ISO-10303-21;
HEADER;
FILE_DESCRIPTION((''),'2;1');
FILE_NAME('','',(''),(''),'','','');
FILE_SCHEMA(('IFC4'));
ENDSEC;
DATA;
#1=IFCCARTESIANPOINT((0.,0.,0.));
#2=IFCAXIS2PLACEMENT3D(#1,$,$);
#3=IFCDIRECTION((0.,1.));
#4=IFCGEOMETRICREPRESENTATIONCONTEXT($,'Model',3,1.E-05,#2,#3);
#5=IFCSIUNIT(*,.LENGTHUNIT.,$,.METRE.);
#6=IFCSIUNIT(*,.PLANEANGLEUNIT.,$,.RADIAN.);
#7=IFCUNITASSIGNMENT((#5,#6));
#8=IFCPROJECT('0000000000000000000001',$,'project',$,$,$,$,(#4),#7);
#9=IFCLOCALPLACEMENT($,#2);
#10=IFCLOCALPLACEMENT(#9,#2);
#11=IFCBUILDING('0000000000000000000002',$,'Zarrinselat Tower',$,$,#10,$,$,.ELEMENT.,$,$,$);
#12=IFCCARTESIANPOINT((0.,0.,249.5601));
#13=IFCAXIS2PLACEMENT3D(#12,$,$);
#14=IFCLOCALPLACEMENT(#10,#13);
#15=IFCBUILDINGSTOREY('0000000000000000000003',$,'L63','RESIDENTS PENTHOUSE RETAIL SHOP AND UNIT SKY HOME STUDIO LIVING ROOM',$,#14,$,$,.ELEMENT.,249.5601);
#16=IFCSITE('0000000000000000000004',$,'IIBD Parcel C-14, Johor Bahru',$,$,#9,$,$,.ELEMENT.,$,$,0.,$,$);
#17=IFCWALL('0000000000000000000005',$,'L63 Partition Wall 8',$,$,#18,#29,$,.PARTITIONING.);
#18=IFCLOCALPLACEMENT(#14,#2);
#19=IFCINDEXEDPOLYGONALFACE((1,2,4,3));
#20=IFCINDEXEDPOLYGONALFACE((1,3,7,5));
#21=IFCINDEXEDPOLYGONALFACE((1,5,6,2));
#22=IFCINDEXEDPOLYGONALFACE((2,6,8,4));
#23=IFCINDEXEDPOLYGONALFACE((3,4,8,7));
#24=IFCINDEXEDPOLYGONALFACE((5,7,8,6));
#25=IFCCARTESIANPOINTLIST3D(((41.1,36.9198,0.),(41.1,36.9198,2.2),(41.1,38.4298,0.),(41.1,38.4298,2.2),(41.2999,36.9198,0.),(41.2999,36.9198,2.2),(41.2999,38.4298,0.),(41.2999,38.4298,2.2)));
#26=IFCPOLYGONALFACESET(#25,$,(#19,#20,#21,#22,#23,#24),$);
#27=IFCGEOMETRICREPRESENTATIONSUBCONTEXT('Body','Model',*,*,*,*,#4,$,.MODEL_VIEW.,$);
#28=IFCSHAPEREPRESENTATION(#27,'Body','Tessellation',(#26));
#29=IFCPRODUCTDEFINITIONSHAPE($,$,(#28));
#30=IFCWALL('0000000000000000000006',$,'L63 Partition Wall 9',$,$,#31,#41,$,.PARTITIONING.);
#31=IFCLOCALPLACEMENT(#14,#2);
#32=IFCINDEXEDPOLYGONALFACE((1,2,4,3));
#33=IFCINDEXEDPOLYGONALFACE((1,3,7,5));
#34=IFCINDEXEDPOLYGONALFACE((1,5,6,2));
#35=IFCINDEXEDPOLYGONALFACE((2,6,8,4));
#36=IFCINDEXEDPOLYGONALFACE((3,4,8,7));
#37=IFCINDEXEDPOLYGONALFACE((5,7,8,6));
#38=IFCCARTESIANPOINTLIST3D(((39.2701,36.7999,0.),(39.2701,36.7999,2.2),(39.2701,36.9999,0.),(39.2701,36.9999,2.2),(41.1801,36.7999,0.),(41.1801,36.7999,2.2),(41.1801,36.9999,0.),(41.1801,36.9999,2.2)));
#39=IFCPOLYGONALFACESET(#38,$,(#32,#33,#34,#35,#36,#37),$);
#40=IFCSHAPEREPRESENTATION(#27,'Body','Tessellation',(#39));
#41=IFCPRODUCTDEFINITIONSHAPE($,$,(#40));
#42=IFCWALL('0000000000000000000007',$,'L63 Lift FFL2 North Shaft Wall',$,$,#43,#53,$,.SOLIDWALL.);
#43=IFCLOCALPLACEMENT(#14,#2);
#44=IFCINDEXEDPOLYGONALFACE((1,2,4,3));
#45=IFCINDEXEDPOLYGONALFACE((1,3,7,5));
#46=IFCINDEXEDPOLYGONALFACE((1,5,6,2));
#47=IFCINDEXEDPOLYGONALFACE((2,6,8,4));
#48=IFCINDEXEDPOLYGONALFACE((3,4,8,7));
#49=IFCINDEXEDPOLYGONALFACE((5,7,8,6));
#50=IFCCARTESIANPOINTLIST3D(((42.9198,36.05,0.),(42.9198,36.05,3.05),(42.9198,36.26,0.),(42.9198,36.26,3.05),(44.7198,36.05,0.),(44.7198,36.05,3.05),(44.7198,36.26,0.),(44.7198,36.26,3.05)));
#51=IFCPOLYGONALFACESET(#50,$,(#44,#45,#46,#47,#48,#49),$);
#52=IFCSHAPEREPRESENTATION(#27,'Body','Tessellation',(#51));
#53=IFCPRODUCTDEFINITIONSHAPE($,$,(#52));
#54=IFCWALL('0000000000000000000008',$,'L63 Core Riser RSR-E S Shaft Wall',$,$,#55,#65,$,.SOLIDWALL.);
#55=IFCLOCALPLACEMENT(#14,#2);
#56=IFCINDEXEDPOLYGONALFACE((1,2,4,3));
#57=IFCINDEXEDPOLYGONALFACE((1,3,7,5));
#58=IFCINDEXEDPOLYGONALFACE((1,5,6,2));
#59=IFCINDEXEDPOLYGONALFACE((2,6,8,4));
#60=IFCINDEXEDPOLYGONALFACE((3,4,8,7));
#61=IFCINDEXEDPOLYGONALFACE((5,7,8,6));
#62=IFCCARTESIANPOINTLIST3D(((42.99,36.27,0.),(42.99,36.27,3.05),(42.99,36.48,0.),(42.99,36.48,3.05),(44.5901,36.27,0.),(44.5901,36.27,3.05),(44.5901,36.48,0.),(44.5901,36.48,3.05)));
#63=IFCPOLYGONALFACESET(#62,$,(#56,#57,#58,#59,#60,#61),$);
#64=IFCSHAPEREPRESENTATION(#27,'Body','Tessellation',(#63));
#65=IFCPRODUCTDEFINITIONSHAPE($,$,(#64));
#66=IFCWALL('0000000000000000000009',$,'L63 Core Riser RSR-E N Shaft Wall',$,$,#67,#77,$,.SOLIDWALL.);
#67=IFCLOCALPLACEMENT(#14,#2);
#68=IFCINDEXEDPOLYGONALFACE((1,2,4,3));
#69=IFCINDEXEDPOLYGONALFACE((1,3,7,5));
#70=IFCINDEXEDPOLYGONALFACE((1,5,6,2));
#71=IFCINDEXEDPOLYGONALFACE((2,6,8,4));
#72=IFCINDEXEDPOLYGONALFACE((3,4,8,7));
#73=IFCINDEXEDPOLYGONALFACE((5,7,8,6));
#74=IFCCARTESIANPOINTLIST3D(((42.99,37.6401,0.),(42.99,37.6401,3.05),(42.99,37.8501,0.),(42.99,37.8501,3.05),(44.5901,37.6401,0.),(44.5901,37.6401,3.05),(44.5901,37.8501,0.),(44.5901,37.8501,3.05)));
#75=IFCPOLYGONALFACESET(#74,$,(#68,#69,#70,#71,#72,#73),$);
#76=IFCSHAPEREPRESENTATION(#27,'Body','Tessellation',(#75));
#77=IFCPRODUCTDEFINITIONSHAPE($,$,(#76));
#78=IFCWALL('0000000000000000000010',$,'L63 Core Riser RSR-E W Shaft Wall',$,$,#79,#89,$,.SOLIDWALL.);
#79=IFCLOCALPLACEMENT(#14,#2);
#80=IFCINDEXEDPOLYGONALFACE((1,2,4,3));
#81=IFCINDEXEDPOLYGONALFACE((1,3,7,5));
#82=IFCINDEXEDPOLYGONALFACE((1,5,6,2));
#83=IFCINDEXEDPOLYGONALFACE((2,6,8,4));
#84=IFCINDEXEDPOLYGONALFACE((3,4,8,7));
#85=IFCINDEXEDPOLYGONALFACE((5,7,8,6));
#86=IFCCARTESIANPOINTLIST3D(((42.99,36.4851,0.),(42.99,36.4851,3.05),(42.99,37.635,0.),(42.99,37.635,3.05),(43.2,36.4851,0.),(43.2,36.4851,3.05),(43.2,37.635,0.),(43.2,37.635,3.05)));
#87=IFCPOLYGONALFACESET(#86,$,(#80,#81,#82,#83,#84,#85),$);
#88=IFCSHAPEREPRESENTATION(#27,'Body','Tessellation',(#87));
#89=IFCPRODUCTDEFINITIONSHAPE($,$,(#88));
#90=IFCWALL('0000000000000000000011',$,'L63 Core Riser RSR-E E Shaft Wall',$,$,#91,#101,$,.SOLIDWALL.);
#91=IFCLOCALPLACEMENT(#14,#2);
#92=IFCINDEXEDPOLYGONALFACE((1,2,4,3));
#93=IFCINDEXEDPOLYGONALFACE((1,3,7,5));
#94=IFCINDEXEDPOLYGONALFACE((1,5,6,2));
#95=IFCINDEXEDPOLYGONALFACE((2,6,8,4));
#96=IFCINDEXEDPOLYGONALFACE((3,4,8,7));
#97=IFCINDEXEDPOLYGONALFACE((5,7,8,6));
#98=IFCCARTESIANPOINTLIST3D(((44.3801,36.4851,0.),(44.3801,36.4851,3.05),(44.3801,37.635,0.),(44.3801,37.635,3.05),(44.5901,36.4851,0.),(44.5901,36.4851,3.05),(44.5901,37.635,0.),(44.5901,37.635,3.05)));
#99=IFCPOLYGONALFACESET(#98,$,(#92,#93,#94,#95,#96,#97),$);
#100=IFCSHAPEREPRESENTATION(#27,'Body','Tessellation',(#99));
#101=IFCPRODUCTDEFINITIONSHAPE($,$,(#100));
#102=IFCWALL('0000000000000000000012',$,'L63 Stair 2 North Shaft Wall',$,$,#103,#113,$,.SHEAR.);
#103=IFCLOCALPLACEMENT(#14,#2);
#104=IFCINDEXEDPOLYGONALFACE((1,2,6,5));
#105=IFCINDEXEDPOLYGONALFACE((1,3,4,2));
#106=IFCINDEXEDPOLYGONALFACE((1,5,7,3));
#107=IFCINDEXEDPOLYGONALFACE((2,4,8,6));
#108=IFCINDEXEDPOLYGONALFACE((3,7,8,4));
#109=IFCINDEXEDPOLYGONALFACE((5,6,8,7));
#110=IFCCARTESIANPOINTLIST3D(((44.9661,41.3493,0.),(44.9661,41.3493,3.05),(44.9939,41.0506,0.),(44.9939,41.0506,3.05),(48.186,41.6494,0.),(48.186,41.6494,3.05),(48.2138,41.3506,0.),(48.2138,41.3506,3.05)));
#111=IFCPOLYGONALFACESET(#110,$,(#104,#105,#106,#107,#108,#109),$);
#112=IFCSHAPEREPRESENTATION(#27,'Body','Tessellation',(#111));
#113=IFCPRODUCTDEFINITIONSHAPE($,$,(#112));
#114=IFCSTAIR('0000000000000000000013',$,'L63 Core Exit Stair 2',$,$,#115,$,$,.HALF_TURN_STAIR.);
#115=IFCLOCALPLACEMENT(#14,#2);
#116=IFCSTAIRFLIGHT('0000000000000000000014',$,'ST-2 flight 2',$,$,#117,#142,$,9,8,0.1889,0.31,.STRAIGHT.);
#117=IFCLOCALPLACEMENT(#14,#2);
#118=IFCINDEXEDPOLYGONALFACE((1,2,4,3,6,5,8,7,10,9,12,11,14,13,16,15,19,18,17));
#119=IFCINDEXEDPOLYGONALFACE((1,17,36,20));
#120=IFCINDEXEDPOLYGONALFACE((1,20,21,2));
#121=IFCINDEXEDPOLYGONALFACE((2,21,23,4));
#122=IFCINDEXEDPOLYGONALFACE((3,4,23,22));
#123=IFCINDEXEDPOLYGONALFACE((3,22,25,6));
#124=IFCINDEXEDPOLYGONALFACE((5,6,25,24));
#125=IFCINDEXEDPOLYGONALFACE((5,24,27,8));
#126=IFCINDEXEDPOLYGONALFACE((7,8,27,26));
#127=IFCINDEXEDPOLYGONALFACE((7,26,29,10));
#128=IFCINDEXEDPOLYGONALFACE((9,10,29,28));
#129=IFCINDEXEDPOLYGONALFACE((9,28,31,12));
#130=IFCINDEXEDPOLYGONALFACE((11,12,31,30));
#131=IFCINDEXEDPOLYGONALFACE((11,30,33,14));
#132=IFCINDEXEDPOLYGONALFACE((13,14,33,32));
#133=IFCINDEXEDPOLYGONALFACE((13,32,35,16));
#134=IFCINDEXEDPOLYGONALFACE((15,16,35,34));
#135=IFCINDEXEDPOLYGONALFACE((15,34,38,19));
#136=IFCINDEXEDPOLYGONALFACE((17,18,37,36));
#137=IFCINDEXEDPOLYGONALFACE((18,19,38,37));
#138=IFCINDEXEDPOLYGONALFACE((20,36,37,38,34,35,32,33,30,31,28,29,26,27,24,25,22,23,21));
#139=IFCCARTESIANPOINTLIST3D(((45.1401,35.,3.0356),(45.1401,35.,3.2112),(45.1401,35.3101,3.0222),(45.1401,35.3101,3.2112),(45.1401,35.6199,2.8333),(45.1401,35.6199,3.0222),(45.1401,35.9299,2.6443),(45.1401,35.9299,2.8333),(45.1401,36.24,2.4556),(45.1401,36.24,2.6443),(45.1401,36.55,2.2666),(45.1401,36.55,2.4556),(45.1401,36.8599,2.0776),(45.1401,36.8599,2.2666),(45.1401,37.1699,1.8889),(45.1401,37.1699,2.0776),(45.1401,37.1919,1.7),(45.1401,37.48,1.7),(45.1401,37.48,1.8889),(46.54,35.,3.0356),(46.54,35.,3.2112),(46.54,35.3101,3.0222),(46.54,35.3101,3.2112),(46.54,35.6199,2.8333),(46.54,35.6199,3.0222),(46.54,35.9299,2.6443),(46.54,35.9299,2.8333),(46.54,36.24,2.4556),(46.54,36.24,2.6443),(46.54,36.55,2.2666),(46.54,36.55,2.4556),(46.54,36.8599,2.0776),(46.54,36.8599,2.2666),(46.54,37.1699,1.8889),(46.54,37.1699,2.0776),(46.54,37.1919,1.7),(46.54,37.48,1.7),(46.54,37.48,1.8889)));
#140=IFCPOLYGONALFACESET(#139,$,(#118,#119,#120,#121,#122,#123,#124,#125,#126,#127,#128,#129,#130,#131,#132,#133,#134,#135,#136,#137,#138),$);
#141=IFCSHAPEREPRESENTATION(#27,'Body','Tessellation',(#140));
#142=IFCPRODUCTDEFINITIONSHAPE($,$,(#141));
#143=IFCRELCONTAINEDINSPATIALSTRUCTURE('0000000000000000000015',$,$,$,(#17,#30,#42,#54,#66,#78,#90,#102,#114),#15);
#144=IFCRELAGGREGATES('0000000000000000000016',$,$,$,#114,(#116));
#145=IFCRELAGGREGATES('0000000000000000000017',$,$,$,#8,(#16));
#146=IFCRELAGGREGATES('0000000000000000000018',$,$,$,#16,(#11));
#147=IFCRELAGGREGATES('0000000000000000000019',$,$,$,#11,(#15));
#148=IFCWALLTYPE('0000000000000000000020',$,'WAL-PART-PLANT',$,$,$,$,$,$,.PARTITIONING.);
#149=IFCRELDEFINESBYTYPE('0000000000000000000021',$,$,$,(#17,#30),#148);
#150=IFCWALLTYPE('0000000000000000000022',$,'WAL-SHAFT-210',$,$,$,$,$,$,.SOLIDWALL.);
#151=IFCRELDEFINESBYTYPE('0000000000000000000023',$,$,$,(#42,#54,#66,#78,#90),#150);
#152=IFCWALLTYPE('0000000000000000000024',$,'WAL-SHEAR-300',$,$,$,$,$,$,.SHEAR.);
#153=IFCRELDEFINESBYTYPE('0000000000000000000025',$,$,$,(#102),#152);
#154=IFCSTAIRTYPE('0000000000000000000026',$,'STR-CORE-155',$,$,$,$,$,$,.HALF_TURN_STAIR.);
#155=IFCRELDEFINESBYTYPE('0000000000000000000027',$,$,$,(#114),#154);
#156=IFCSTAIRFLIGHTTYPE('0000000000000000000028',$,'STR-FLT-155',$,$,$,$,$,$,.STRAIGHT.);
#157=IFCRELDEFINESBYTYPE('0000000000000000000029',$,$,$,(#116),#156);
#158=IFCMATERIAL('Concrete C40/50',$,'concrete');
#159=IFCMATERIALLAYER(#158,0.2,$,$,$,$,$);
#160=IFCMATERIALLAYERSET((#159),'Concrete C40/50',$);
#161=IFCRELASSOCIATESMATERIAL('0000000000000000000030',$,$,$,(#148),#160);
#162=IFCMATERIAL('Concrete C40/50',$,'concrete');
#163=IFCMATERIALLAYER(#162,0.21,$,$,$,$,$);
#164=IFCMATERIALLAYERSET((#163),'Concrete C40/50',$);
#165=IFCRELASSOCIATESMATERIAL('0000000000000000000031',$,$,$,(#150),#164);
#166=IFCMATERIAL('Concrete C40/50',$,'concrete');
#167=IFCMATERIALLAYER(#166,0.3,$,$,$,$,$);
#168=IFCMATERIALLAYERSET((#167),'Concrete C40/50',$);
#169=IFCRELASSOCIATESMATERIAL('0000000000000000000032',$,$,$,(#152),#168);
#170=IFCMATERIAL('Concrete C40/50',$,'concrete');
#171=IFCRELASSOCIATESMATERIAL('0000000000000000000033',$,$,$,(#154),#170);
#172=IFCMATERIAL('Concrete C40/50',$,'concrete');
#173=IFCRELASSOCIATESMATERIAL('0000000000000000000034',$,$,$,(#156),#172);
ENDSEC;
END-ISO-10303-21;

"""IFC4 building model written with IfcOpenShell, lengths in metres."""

from ifc_helpers import new_model, si_unit, direction, frame, frame_2d, origin, place, context, subcontext, project, spatial, polyline, rectangle, outline, extrude, material, layer, layer_set, type_object, element, aggregate, save


model = new_model("IFC4")

# Units and contexts
model_context = context("Model", 3, precision=1e-05, world=origin(), true_north=direction((0.0, 1.0)))
body_context = subcontext(model_context, "Body", "Model", "MODEL_VIEW")
ifc_project = project(units=[si_unit("LENGTHUNIT", "METRE"), si_unit("PLANEANGLEUNIT", "RADIAN")], contexts=[model_context])

# Site, building, storey
site_placement = place(None, origin())
site = spatial("IfcSite", under=ifc_project, at=site_placement, Name="IIBD Parcel C-14, Johor Bahru", CompositionType="ELEMENT", RefElevation=0.0)
building_placement = place(site_placement, origin())
building = spatial("IfcBuilding", under=site, at=building_placement, Name="Zarrinselat Tower", CompositionType="ELEMENT")
storey_placement = place(building_placement, frame((0.0, 0.0, 249.5601)))
storey = spatial("IfcBuildingStorey", under=building, at=storey_placement, Name="L63", Description="RESIDENTS PENTHOUSE RETAIL SHOP AND UNIT SKY HOME STUDIO LIVING ROOM", CompositionType="ELEMENT", Elevation=249.5601)

# Shared definitions
ifc_material_1 = material(Name="Concrete C40/50", Category="concrete")
ifc_layer_1 = layer(ifc_material_1, 0.2)
ifc_layer_set_1 = layer_set([ifc_layer_1], Name="Concrete C40/50")
wall_type_1 = type_object("IfcWallType", Name="WAL-PART-PLANT", PredefinedType="PARTITIONING", material=ifc_layer_set_1)

# Walls
wall_1_placement = place(storey_placement, frame((41.2, 36.9199, 0.0), z_axis=(0.0, 0.0, 1.0), x_axis=(0.0, 1.0, 0.0)))
element("IfcWall", 1, at=wall_1_placement, inside=storey, type_object=wall_type_1, Name="L63 Partition Wall 8", PredefinedType="PARTITIONING", context=body_context, shape_type="SweptSolid", body=[
    extrude(rectangle(XDim=1.51, YDim=0.2, at=frame_2d((0.7549, 0.0))), origin(), (0.0, 0.0, 1.0), 2.2),
])
wall_2_placement = place(storey_placement, frame((39.27, 36.8999, 0.0), z_axis=(0.0, 0.0, 1.0), x_axis=(1.0, 0.0, 0.0)))
element("IfcWall", 2, at=wall_2_placement, inside=storey, type_object=wall_type_1, Name="L63 Partition Wall 9", PredefinedType="PARTITIONING", context=body_context, shape_type="SweptSolid", body=[
    extrude(rectangle(XDim=1.9099, YDim=0.2, at=frame_2d((0.9551, 0.0))), origin(), (0.0, 0.0, 1.0), 2.2),
])
ifc_material_2 = material(Name="Concrete C40/50", Category="concrete")
ifc_layer_2 = layer(ifc_material_2, 0.21)
ifc_layer_set_2 = layer_set([ifc_layer_2], Name="Concrete C40/50")
wall_type_2 = type_object("IfcWallType", Name="WAL-SHAFT-210", PredefinedType="SOLIDWALL", material=ifc_layer_set_2)
wall_3_placement = place(storey_placement, frame((42.9199, 36.155, 0.0), z_axis=(0.0, 0.0, 1.0), x_axis=(1.0, 0.0, 0.0)))
element("IfcWall", 3, at=wall_3_placement, inside=storey, type_object=wall_type_2, Name="L63 Lift FFL2 North Shaft Wall", PredefinedType="SOLIDWALL", context=body_context, shape_type="SweptSolid", body=[
    extrude(rectangle(XDim=1.8, YDim=0.21, at=frame_2d((0.8999, 0.0))), origin(), (0.0, 0.0, 1.0), 3.05),
])
for number, where, z_axis, x_axis, name in (
    (4, (42.99, 36.375, 0.0), (0.0, 0.0, 1.0), (1.0, 0.0, 0.0), "L63 Core Riser RSR-E S Shaft Wall"),
    (5, (42.99, 37.7451, 0.0), (0.0, 0.0, 1.0), (1.0, 0.0, 0.0), "L63 Core Riser RSR-E N Shaft Wall"),
):
    element("IfcWall", number, at=place(storey_placement, frame(where, z_axis=z_axis, x_axis=x_axis)), inside=storey, type_object=wall_type_2, Name=name, PredefinedType="SOLIDWALL", context=body_context, shape_type="SweptSolid", body=[
        extrude(rectangle(XDim=1.6001, YDim=0.21, at=frame_2d((0.8, 0.0))), origin(), (0.0, 0.0, 1.0), 3.05),
    ])
for number, where, z_axis, x_axis, name in (
    (6, (43.095, 36.4851, 0.0), (0.0, 0.0, 1.0), (0.0, 1.0, 0.0), "L63 Core Riser RSR-E W Shaft Wall"),
    (7, (44.4851, 36.4851, 0.0), (0.0, 0.0, 1.0), (0.0, 1.0, 0.0), "L63 Core Riser RSR-E E Shaft Wall"),
):
    element("IfcWall", number, at=place(storey_placement, frame(where, z_axis=z_axis, x_axis=x_axis)), inside=storey, type_object=wall_type_2, Name=name, PredefinedType="SOLIDWALL", context=body_context, shape_type="SweptSolid", body=[
        extrude(rectangle(XDim=1.1499, YDim=0.21, at=frame_2d((0.575, 0.0))), origin(), (0.0, 0.0, 1.0), 3.05),
    ])
ifc_material_3 = material(Name="Concrete C40/50", Category="concrete")
ifc_layer_3 = layer(ifc_material_3, 0.3)
ifc_layer_set_3 = layer_set([ifc_layer_3], Name="Concrete C40/50")
wall_type_3 = type_object("IfcWallType", Name="WAL-SHEAR-300", PredefinedType="SHEAR", material=ifc_layer_set_3)
wall_4_placement = place(storey_placement, frame((44.98, 41.2, 0.0), z_axis=(0.0, 0.0, 1.0), x_axis=(0.995686, 0.092782, 0.0)))
element("IfcWall", 8, at=wall_4_placement, inside=storey, type_object=wall_type_3, Name="L63 Stair 2 North Shaft Wall", PredefinedType="SHEAR", context=body_context, shape_type="SweptSolid", body=[
    extrude(rectangle(XDim=3.2339, YDim=0.3, at=frame_2d((1.6169, 0.0))), origin(), (0.0, 0.0, 1.0), 3.05),
])

# Stair, stair flight
ifc_material_4 = material(Name="Concrete C40/50", Category="concrete")
stair_type = type_object("IfcStairType", Name="STR-CORE-155", PredefinedType="HALF_TURN_STAIR", material=ifc_material_4)
stair_placement = place(storey_placement, origin())
stair = element("IfcStair", 9, at=stair_placement, inside=storey, type_object=stair_type, Name="L63 Core Exit Stair 2", PredefinedType="HALF_TURN_STAIR")
ifc_material_5 = material(Name="Concrete C40/50", Category="concrete")
stair_flight_type = type_object("IfcStairFlightType", Name="STR-FLT-155", PredefinedType="STRAIGHT", material=ifc_material_5)
stair_flight_placement = place(storey_placement, frame((45.8401, 37.48, 1.7), z_axis=(0.0, 0.0, 1.0), x_axis=(0.0, -1.0, 0.0)))
stair_flight = element("IfcStairFlight", 10, at=stair_flight_placement, type_object=stair_flight_type, Name="ST-2 flight 2", NumberOfRisers=9, NumberOfTreads=8, PredefinedType="STRAIGHT", RiserHeight=0.1889, TreadLength=0.31, context=body_context, shape_type="SweptSolid", body=[
    extrude(outline(polyline([(0.0, 0.0), (0.0, 0.189), (0.3101, 0.189), (0.3101, 0.3777), (0.6201, 0.3777), (0.6201, 0.5667), (0.9299, 0.5667), (0.9299, 0.7556), (1.24, 0.7556), (1.24, 0.9443), (1.55, 0.9443), (1.55, 1.1333), (1.8601, 1.1333), (1.8601, 1.3223), (2.1699, 1.3223), (2.1699, 1.5112), (2.48, 1.5112), (2.48, 1.7), (2.48, 1.3357), (0.2881, 0.0), (0.0, 0.0)])), frame((0.0, 0.7, 0.0), z_axis=(0.0, -1.0, 0.0), x_axis=(1.0, 0.0, 0.0)), (0.0, 0.0, 1.0), 1.3999),
])
aggregate(stair, [stair_flight])

save(model, "model.ifc")
